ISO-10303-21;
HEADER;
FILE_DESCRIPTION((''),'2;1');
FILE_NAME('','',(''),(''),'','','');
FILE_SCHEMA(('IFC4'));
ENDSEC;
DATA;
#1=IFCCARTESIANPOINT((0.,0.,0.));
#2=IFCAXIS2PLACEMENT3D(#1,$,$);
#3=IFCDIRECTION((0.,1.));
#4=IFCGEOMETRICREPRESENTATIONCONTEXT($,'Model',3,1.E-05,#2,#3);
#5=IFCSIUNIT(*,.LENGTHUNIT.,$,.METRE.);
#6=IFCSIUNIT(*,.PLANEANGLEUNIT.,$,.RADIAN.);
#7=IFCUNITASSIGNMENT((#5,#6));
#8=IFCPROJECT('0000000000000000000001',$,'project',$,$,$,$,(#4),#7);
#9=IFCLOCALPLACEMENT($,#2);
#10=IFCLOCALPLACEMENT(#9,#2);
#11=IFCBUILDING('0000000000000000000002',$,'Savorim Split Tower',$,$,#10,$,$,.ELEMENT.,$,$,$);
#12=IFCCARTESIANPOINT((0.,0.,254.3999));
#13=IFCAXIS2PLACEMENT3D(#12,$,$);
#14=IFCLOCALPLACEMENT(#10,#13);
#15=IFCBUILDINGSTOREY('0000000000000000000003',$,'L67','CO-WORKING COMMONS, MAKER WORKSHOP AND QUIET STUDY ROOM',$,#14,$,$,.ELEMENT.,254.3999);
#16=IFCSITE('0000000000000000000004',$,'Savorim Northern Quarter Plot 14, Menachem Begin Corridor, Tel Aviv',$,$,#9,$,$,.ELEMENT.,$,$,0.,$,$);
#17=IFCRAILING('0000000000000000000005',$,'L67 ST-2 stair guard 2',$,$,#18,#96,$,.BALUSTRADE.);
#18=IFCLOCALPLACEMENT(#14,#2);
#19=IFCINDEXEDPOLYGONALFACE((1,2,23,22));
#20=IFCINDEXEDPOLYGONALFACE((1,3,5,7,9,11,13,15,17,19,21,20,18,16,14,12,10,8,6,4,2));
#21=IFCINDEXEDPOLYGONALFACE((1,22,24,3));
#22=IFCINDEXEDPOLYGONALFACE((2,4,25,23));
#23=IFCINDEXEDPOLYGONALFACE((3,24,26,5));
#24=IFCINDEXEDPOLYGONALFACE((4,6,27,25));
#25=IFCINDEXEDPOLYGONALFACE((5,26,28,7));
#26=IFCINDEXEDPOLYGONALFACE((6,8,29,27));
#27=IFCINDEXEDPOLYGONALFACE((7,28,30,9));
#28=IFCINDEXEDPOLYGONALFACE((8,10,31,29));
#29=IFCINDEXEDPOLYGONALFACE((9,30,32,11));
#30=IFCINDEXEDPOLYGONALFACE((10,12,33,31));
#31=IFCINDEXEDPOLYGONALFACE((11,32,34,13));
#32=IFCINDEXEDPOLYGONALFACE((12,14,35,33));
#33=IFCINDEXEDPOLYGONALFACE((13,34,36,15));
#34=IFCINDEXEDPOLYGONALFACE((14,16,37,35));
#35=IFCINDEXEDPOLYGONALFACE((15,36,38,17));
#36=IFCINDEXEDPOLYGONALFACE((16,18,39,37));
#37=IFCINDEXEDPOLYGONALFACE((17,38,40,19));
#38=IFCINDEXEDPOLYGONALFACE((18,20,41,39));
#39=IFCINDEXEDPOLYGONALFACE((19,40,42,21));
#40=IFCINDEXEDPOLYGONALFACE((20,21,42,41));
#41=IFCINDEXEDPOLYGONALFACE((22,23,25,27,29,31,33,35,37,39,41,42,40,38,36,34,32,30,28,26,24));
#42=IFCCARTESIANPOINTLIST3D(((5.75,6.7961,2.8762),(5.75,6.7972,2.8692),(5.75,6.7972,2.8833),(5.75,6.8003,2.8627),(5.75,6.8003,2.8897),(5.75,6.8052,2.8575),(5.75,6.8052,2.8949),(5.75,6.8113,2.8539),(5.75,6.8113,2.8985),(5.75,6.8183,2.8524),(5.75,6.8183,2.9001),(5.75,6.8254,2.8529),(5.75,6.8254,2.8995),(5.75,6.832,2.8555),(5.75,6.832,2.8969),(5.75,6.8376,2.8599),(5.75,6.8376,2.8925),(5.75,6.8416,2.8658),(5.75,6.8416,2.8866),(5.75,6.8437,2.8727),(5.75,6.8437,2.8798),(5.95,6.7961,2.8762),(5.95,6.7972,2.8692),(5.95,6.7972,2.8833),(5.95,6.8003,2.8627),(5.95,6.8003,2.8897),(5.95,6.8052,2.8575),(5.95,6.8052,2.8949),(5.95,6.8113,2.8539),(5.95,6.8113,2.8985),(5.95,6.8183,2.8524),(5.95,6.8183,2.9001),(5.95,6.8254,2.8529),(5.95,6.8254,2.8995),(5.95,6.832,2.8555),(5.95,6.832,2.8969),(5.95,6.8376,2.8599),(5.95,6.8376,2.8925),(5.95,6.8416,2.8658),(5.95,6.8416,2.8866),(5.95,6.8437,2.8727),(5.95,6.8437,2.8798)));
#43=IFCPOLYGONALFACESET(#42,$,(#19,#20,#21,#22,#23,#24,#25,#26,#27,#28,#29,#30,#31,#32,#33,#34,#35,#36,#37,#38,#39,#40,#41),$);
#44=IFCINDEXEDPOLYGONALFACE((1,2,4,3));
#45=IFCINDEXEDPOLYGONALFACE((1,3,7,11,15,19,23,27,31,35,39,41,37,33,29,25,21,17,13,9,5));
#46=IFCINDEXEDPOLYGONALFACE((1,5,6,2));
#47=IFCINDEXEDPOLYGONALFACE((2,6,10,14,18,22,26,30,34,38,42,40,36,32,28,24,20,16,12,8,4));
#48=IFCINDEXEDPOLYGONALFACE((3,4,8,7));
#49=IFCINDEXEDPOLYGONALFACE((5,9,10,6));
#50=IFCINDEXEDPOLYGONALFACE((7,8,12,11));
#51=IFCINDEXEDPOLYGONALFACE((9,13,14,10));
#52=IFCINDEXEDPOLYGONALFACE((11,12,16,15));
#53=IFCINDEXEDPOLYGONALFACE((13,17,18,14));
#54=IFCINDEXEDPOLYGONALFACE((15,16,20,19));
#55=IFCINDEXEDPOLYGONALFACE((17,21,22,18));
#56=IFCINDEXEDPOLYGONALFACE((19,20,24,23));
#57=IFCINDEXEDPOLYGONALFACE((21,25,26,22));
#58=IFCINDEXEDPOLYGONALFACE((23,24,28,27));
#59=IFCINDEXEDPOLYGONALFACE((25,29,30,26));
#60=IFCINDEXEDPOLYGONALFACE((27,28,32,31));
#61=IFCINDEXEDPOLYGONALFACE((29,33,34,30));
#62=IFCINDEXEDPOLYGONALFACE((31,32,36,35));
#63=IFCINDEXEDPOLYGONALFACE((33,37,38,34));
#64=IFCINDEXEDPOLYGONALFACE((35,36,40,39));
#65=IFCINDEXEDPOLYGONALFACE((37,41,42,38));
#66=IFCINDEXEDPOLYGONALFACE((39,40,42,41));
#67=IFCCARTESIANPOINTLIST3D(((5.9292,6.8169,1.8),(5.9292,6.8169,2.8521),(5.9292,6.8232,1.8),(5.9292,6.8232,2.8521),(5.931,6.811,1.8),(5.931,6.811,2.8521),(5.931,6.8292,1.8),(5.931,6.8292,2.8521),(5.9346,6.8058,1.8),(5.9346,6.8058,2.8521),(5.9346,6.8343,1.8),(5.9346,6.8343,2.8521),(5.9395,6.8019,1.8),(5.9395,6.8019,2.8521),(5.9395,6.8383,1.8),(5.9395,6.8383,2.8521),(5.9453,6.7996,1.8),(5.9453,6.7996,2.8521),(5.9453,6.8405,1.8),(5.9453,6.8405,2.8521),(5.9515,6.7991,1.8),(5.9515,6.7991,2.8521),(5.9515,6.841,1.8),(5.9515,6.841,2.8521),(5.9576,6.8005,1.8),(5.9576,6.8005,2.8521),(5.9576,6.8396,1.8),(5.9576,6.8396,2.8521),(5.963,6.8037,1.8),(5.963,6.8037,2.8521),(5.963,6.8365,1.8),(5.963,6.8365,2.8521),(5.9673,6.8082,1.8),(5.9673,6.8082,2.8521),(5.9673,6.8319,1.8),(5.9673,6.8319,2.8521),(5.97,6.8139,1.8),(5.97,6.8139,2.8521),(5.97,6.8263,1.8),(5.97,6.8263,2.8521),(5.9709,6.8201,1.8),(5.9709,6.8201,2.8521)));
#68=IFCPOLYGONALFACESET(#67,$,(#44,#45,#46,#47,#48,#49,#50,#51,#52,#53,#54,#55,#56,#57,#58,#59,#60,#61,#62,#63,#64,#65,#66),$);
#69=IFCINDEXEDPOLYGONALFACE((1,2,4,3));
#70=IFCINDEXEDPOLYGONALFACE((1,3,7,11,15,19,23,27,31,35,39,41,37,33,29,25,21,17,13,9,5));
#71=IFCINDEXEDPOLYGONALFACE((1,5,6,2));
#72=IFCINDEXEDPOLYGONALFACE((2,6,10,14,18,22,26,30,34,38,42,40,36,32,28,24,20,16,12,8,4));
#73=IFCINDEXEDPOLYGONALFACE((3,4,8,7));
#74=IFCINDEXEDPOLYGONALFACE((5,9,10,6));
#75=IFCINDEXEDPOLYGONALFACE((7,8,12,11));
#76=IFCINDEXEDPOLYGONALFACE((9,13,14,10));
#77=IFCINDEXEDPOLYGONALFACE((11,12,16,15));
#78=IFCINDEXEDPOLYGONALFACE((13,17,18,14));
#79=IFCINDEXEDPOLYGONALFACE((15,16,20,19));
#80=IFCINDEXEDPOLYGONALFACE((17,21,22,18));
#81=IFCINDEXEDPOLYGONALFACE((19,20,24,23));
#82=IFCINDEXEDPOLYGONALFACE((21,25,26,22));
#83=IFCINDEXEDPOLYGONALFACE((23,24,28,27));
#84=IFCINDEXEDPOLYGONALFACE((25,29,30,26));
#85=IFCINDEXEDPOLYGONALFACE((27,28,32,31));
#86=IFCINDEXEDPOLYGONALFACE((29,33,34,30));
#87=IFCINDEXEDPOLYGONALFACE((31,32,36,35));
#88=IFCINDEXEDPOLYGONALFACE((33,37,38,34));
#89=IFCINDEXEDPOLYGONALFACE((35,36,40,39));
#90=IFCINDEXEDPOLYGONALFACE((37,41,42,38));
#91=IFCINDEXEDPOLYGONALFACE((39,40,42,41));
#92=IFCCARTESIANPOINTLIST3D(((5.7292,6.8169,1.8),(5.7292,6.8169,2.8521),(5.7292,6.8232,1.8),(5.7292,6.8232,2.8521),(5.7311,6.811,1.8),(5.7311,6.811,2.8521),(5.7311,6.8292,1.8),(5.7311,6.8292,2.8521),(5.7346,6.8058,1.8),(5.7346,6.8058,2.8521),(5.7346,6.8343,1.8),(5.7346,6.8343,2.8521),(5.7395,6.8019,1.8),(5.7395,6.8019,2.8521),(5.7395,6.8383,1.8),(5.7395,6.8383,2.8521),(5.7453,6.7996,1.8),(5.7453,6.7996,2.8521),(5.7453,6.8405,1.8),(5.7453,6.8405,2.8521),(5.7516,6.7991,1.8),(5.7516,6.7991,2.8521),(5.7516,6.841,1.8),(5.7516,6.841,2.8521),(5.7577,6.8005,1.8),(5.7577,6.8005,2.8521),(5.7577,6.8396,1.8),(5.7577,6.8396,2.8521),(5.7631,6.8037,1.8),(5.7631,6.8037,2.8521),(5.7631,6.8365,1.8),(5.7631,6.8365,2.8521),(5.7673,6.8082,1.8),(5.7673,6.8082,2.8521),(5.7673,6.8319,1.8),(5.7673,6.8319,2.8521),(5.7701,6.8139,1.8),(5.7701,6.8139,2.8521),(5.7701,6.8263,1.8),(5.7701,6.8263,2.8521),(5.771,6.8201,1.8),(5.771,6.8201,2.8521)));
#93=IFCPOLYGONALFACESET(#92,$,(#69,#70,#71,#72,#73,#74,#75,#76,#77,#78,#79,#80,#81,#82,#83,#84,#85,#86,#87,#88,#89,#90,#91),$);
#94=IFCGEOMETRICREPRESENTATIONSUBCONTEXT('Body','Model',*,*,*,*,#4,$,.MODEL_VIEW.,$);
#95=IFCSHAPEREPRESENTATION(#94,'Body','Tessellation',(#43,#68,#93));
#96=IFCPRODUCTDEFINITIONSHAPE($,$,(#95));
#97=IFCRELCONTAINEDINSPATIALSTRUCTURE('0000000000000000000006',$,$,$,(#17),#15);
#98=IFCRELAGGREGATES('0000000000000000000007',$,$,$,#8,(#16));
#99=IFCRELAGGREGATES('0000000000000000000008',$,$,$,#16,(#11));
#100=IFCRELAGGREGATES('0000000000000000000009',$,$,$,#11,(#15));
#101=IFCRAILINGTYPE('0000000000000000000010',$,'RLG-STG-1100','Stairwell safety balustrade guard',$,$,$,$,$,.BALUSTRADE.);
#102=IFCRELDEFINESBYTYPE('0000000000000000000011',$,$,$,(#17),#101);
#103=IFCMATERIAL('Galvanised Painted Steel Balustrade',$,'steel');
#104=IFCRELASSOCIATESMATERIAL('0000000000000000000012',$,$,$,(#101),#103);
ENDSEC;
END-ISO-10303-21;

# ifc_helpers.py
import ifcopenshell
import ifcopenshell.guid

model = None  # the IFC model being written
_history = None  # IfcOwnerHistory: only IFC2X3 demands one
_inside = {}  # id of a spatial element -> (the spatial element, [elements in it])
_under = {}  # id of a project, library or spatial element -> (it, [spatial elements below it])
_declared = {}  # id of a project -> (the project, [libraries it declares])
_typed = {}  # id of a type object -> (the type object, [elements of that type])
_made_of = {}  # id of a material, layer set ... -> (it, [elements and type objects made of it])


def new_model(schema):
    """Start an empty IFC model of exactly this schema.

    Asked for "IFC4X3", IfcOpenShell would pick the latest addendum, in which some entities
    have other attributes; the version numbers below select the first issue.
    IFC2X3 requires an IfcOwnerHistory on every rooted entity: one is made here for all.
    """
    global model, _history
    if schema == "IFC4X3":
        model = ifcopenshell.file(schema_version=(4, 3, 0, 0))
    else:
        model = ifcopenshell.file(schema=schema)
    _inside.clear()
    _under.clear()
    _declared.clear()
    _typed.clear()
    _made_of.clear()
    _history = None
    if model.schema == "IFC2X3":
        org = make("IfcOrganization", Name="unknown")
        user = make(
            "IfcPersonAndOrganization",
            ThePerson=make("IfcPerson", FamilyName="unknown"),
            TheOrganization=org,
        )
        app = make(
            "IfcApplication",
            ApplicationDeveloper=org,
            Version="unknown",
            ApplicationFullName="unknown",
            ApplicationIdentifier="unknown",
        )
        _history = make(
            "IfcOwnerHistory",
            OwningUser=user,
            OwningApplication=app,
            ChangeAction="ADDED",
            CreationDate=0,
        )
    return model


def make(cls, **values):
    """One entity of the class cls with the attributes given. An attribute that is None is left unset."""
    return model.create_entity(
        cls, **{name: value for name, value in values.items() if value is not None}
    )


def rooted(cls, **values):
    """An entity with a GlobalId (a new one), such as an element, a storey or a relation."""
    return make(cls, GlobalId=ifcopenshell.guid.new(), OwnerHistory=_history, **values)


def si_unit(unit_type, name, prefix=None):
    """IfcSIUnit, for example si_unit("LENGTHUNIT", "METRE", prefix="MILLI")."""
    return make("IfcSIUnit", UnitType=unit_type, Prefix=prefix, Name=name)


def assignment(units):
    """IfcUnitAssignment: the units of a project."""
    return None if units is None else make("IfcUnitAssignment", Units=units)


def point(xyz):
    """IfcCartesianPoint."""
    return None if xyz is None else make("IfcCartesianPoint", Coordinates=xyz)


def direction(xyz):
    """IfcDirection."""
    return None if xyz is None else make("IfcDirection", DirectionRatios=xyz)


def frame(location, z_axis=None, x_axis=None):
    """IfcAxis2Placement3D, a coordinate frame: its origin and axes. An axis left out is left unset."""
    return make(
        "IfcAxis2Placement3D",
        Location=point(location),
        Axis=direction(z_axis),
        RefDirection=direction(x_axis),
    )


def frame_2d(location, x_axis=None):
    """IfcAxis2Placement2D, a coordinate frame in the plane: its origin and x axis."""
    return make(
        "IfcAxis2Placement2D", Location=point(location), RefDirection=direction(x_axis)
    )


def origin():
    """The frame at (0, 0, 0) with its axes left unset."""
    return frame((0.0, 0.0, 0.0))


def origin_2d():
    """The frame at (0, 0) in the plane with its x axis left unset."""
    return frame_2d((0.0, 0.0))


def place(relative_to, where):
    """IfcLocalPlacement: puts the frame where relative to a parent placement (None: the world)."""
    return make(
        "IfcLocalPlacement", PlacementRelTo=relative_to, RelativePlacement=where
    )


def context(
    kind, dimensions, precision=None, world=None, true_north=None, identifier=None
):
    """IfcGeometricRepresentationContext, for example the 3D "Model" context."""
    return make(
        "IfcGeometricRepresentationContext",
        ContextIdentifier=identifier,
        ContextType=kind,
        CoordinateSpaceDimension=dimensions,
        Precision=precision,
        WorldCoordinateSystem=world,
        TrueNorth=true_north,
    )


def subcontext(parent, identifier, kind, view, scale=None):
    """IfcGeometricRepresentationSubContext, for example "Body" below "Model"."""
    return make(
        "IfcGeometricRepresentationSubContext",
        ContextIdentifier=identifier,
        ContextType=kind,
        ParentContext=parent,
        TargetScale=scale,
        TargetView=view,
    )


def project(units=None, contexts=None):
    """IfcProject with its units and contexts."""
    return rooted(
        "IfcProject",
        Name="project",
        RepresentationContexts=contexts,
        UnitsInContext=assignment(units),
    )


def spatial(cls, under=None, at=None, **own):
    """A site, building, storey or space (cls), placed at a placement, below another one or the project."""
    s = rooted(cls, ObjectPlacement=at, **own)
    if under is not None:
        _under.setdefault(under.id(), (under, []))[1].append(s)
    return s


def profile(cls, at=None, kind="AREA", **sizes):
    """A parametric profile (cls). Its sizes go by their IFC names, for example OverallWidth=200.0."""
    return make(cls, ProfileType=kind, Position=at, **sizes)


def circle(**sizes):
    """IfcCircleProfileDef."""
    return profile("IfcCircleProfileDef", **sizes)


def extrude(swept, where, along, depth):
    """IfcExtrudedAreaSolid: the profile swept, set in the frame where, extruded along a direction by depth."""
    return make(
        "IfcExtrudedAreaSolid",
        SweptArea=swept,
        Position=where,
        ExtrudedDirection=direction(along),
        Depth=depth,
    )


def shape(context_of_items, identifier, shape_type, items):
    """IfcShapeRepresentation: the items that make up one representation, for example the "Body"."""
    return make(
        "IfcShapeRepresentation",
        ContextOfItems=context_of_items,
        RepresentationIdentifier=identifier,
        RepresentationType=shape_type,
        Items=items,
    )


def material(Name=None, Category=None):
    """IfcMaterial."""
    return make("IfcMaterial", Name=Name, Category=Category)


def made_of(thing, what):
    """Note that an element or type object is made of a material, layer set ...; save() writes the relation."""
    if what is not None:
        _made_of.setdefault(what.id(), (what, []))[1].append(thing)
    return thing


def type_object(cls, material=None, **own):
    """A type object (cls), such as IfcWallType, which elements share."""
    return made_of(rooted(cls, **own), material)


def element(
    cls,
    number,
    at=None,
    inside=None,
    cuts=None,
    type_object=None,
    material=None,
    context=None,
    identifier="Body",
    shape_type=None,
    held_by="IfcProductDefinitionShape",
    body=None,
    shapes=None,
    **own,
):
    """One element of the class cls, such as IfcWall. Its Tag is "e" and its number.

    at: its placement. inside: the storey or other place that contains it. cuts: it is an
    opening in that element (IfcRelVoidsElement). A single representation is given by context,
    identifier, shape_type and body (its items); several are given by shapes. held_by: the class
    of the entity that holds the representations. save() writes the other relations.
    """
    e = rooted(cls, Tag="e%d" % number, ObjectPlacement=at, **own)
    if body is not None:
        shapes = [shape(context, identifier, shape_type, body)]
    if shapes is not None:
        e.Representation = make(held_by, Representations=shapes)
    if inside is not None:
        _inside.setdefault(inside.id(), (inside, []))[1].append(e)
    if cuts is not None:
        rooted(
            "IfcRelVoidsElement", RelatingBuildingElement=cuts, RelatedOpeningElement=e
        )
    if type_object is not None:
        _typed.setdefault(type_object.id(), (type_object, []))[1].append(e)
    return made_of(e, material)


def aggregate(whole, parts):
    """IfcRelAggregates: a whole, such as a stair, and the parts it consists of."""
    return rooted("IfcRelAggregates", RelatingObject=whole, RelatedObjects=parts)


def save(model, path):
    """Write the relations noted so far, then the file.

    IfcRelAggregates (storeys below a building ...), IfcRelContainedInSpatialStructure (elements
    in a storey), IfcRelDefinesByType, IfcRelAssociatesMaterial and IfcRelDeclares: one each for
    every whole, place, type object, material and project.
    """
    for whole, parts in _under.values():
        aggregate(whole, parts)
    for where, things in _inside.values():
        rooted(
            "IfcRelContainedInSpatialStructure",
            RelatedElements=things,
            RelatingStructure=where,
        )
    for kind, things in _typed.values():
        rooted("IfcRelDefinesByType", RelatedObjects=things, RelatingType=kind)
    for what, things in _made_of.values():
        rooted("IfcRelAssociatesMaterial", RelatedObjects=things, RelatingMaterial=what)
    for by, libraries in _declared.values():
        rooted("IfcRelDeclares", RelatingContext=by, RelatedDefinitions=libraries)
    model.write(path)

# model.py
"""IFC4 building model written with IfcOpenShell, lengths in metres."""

from ifc_helpers import new_model, si_unit, direction, frame, origin, origin_2d, place, context, subcontext, project, spatial, circle, extrude, material, type_object, element, save


model = new_model("IFC4")

# Units and contexts
model_context = context("Model", 3, precision=1e-05, world=origin(), true_north=direction((0.0, 1.0)))
body_context = subcontext(model_context, "Body", "Model", "MODEL_VIEW")
ifc_project = project(units=[si_unit("LENGTHUNIT", "METRE"), si_unit("PLANEANGLEUNIT", "RADIAN")], contexts=[model_context])

# Site, building, storey
site_placement = place(None, origin())
site = spatial("IfcSite", under=ifc_project, at=site_placement, Name="Savorim Northern Quarter Plot 14, Menachem Begin Corridor, Tel Aviv", CompositionType="ELEMENT", RefElevation=0.0)
building_placement = place(site_placement, origin())
building = spatial("IfcBuilding", under=site, at=building_placement, Name="Savorim Split Tower", CompositionType="ELEMENT")
storey_placement = place(building_placement, frame((0.0, 0.0, 254.3999)))
storey = spatial("IfcBuildingStorey", under=building, at=storey_placement, Name="L67", Description="CO-WORKING COMMONS, MAKER WORKSHOP AND QUIET STUDY ROOM", CompositionType="ELEMENT", Elevation=254.3999)

# Railing
ifc_material_1 = material(Name="Galvanised Painted Steel Balustrade", Category="steel")
railing_type_1 = type_object("IfcRailingType", Name="RLG-STG-1100", Description="Stairwell safety balustrade guard", PredefinedType="BALUSTRADE", material=ifc_material_1)
railing_1_placement = place(storey_placement, frame((5.95, 6.8201, 1.8)))
element("IfcRailing", 1, at=railing_1_placement, inside=storey, type_object=railing_type_1, Name="L67 ST-2 stair guard 2", PredefinedType="BALUSTRADE", context=body_context, shape_type="SweptSolid", body=[
    extrude(circle(Radius=0.0239, at=origin_2d()), frame((0.0, 0.0, 1.0762), z_axis=(-1.0, 0.0, 0.0), x_axis=(0.0, -1.0, 0.0)), (0.0, 0.0, 1.0), 0.2),
    extrude(circle(Radius=0.021, at=origin_2d()), origin(), (0.0, 0.0, 1.0), 1.052),
    extrude(circle(Radius=0.021, at=origin_2d()), frame((-0.2, 0.0, 0.0)), (0.0, 0.0, 1.0), 1.052),
])

save(model, "model.ifc")
